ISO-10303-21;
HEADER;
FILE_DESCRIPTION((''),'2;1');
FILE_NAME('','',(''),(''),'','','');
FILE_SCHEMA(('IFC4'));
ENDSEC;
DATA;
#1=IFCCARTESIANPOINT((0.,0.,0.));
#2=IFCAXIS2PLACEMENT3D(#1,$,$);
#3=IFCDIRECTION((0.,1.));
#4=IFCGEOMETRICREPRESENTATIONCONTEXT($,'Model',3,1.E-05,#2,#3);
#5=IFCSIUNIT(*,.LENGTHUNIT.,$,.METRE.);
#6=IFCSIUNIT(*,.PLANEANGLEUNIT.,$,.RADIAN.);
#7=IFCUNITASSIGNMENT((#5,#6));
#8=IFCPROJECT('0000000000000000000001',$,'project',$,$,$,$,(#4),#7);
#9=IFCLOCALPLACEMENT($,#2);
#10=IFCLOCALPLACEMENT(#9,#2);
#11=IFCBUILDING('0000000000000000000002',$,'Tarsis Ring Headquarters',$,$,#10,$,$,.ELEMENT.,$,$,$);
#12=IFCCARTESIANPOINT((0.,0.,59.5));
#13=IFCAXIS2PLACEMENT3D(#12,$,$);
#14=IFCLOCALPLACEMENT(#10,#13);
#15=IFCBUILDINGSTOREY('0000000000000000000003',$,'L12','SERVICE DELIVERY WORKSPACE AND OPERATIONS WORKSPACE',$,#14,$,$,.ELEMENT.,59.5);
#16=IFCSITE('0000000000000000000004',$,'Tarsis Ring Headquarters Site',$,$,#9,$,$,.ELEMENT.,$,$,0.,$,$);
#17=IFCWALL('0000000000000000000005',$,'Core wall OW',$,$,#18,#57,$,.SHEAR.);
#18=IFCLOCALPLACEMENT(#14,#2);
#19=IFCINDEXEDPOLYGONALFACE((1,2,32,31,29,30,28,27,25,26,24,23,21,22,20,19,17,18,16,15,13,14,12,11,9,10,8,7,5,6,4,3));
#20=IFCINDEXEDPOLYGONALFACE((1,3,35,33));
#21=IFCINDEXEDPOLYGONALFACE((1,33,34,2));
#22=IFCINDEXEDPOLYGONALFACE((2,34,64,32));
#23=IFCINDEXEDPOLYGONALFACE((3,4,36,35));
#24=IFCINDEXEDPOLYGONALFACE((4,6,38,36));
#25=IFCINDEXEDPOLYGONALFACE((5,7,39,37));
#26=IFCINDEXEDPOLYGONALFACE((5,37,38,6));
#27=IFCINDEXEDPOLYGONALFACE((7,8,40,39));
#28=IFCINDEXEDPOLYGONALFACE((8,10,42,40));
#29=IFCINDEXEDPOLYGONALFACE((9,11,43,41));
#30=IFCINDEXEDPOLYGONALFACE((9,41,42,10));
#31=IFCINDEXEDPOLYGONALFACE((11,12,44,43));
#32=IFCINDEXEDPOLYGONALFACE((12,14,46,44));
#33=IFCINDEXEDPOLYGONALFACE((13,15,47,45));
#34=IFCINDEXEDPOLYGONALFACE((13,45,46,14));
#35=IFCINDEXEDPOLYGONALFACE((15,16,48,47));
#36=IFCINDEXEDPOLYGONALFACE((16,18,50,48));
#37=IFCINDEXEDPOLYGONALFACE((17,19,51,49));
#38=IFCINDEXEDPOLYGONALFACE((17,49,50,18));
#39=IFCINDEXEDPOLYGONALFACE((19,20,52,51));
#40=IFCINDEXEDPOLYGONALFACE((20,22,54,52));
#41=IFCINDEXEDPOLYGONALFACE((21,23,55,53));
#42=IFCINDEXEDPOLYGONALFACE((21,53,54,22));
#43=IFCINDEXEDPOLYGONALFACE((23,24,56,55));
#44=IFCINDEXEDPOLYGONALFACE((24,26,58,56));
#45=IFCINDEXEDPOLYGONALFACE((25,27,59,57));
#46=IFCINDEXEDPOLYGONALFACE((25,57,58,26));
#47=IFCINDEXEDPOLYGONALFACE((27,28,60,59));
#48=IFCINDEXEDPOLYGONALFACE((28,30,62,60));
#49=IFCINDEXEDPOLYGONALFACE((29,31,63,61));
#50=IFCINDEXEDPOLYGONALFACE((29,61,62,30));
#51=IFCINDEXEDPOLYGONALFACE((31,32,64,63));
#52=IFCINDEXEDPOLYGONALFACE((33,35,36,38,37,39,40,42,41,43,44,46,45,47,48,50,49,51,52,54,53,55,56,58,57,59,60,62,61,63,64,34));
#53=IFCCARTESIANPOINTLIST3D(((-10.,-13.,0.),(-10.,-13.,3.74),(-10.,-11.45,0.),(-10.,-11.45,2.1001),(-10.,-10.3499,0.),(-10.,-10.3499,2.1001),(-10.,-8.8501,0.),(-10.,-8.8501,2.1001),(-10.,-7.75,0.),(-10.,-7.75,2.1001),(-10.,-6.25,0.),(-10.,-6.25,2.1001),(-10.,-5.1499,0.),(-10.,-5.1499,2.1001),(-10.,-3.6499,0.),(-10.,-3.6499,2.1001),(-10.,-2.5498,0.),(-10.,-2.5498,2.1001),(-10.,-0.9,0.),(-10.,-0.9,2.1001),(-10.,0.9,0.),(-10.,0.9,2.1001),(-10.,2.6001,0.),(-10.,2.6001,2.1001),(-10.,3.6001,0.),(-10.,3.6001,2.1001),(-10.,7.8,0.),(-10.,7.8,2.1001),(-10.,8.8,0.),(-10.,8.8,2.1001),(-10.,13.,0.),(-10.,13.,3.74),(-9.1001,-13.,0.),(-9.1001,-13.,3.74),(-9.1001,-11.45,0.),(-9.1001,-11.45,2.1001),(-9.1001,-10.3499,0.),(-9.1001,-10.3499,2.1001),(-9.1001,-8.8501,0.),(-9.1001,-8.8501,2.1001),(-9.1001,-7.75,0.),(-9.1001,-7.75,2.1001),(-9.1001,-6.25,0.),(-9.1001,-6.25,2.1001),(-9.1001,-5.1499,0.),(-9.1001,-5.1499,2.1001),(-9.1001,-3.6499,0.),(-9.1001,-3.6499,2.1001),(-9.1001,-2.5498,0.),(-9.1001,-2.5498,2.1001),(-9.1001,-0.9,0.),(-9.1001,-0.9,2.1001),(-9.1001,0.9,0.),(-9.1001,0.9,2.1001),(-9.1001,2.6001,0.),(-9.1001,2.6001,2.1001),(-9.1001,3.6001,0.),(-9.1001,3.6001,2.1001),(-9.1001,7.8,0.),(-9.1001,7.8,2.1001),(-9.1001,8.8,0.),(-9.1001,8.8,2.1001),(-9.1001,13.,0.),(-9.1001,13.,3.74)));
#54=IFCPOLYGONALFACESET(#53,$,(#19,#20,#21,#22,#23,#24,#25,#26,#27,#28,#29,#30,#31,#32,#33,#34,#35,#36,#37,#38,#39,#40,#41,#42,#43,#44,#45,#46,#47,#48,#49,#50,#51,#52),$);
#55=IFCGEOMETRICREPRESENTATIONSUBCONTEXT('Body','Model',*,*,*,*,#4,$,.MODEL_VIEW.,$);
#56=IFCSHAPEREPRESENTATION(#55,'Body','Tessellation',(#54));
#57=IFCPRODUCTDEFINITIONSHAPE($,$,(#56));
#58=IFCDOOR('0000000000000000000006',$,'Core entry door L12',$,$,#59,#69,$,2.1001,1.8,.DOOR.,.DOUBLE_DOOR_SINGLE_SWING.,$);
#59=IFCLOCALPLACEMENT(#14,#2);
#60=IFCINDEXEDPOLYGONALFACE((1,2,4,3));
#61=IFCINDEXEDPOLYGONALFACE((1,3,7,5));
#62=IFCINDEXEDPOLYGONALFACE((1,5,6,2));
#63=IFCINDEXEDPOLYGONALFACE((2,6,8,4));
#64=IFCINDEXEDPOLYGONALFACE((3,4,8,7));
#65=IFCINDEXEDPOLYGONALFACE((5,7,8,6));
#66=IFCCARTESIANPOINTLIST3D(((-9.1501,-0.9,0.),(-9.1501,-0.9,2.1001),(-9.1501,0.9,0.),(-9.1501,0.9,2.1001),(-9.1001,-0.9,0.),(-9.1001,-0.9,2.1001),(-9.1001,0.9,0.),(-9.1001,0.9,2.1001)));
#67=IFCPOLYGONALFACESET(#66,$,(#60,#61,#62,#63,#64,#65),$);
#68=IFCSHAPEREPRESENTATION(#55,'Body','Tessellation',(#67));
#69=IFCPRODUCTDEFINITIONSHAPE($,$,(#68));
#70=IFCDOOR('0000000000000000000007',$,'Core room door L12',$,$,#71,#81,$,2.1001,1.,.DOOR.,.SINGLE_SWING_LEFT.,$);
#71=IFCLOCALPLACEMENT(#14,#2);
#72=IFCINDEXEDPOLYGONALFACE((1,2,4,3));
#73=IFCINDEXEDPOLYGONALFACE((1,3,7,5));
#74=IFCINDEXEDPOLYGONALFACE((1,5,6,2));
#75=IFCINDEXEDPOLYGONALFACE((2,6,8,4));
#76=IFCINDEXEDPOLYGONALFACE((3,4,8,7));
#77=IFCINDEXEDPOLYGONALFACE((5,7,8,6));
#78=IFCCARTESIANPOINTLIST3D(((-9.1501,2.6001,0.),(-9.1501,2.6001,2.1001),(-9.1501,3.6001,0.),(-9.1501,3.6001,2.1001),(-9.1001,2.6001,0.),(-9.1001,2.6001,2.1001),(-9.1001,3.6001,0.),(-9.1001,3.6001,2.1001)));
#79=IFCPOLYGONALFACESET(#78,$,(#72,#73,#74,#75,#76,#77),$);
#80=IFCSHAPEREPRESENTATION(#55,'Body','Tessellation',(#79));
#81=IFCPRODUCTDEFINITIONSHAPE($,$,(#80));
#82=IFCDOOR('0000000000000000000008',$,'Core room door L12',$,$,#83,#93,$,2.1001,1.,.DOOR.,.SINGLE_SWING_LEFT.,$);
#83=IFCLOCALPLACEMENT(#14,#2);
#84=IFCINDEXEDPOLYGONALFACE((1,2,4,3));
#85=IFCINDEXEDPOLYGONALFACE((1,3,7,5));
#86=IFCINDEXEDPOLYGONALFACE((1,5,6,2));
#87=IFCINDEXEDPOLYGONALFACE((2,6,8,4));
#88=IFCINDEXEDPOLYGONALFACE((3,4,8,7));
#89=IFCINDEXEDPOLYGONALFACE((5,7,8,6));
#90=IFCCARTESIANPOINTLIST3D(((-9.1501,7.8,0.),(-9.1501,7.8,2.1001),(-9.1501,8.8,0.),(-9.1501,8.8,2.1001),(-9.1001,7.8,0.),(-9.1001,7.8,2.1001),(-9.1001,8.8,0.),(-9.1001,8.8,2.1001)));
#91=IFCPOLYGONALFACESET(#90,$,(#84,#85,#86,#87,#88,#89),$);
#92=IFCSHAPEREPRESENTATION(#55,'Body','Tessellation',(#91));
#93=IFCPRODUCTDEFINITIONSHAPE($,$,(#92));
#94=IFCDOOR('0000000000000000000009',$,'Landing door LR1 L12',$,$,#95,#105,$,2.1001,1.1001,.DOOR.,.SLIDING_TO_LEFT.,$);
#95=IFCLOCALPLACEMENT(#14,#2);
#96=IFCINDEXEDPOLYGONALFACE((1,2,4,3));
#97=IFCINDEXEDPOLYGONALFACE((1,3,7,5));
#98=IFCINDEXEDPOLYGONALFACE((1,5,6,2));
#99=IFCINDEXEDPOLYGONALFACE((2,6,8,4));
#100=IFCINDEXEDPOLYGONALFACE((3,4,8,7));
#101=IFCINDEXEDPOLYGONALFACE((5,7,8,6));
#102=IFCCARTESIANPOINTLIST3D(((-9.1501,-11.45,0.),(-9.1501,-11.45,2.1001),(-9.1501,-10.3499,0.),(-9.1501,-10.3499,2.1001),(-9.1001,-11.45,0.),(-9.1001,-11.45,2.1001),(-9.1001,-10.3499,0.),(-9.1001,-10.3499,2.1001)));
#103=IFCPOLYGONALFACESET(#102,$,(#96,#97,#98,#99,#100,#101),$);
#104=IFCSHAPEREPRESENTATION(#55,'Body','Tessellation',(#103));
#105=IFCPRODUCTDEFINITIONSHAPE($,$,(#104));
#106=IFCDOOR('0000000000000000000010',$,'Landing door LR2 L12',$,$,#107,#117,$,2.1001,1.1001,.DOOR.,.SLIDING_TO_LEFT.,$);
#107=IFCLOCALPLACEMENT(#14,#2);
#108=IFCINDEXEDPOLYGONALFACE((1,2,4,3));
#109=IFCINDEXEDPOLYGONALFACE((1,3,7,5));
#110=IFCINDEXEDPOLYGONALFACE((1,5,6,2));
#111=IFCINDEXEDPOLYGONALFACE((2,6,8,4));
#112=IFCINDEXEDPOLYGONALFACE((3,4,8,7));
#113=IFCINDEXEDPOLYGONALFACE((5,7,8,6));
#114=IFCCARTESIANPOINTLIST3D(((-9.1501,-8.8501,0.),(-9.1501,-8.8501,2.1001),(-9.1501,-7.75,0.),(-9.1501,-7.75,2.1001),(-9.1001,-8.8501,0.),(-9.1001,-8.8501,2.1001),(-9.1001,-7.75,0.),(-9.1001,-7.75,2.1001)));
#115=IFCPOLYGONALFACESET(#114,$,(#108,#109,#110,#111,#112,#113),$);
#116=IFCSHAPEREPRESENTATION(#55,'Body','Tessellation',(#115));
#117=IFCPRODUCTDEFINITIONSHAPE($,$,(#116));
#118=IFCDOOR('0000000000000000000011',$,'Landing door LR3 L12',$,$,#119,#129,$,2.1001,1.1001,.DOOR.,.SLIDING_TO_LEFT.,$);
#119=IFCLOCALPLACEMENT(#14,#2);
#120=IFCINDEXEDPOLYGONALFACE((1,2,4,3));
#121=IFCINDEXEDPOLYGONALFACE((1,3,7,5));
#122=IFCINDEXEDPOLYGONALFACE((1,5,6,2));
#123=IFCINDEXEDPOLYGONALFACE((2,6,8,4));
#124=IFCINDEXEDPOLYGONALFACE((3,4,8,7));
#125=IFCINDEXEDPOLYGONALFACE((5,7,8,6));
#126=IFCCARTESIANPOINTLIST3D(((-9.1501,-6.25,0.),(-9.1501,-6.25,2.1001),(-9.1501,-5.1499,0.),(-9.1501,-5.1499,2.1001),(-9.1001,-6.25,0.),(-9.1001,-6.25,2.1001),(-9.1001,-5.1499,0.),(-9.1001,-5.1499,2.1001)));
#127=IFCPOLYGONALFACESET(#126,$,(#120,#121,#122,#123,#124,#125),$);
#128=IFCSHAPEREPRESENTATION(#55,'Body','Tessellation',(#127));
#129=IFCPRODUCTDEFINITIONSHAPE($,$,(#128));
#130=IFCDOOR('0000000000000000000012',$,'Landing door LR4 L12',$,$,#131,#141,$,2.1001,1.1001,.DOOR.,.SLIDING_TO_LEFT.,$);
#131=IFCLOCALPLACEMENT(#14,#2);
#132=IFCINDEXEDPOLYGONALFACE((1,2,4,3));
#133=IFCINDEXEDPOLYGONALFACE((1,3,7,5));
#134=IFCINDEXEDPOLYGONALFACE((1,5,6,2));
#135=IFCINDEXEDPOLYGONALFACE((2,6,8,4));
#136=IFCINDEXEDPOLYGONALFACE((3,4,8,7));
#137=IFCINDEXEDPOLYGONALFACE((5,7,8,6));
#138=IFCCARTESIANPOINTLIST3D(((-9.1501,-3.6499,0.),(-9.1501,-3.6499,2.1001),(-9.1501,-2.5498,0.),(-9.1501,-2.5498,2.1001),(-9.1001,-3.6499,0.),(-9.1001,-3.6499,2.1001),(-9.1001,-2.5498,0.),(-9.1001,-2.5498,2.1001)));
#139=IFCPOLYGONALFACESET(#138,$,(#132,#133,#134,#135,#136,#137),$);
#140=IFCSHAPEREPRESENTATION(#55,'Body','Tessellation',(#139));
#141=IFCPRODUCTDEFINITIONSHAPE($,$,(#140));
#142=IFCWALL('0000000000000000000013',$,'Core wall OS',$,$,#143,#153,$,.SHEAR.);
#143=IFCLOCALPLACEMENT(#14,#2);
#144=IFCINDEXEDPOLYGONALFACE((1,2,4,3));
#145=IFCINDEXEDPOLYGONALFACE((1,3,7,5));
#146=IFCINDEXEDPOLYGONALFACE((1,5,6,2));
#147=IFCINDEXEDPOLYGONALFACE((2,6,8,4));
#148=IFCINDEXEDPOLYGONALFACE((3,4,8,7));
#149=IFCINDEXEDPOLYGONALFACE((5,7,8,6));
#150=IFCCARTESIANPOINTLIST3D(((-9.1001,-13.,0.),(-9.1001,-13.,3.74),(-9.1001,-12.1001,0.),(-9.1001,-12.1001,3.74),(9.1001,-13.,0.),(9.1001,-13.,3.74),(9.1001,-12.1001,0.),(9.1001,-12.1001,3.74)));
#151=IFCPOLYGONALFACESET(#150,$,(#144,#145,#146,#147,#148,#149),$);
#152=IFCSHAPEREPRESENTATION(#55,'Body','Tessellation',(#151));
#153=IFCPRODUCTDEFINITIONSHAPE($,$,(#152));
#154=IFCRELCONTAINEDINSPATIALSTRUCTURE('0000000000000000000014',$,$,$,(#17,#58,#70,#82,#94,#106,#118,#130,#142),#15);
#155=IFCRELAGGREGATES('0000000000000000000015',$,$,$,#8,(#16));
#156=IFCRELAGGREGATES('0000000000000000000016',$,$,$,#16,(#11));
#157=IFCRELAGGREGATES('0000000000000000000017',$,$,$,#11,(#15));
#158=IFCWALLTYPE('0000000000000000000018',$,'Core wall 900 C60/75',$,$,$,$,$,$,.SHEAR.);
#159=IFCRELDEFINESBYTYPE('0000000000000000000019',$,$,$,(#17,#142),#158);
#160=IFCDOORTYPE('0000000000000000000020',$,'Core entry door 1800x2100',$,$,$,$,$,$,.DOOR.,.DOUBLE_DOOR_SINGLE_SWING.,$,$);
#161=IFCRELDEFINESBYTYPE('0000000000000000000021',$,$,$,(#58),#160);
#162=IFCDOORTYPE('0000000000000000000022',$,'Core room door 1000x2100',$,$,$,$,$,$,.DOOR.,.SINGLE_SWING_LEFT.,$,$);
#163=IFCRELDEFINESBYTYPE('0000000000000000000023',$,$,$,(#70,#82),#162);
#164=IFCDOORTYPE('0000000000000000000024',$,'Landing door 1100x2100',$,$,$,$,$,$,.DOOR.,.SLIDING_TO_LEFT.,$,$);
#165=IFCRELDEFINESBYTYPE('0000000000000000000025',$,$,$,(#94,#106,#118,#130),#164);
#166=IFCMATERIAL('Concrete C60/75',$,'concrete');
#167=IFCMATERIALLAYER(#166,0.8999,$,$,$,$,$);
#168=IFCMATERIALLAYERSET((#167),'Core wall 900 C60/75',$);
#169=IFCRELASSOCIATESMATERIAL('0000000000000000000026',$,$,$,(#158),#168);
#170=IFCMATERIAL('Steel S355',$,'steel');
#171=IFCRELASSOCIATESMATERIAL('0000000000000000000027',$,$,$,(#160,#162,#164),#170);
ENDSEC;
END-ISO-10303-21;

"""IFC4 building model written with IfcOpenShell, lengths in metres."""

from ifc_helpers import new_model, si_unit, direction, frame, frame_2d, origin, place, context, subcontext, project, spatial, rectangle, extrude, material, layer, layer_set, type_object, element, fill, save


model = new_model("IFC4")

# Units and contexts
model_context = context("Model", 3, precision=1e-05, world=origin(), true_north=direction((0.0, 1.0)))
body_context = subcontext(model_context, "Body", "Model", "MODEL_VIEW")
ifc_project = project(units=[si_unit("LENGTHUNIT", "METRE"), si_unit("PLANEANGLEUNIT", "RADIAN")], contexts=[model_context])

# Site, building, storey
site_placement = place(None, origin())
site = spatial("IfcSite", under=ifc_project, at=site_placement, Name="Tarsis Ring Headquarters Site", CompositionType="ELEMENT", RefElevation=0.0)
building_placement = place(site_placement, origin())
building = spatial("IfcBuilding", under=site, at=building_placement, Name="Tarsis Ring Headquarters", CompositionType="ELEMENT")
storey_placement = place(building_placement, frame((0.0, 0.0, 59.5)))
storey = spatial("IfcBuildingStorey", under=building, at=storey_placement, Name="L12", Description="SERVICE DELIVERY WORKSPACE AND OPERATIONS WORKSPACE", CompositionType="ELEMENT", Elevation=59.5)

# Wall, openings, doors
ifc_material_1 = material(Name="Concrete C60/75", Category="concrete")
ifc_layer_1 = layer(ifc_material_1, 0.8999)
ifc_layer_set_1 = layer_set([ifc_layer_1], Name="Core wall 900 C60/75")
wall_type_1 = type_object("IfcWallType", Name="Core wall 900 C60/75", PredefinedType="SHEAR", material=ifc_layer_set_1)
wall_1_placement = place(storey_placement, frame((-9.55, -13.0, 0.0), z_axis=(0.0, 0.0, 1.0), x_axis=(0.0, 1.0, 0.0)))
wall_1 = element("IfcWall", 1, at=wall_1_placement, inside=storey, type_object=wall_type_1, Name="Core wall OW", PredefinedType="SHEAR", context=body_context, shape_type="SweptSolid", body=[
    extrude(rectangle(XDim=26.0, YDim=0.8999, at=frame_2d((13.0, 0.0))), origin(), (0.0, 0.0, 1.0), 3.74),
])
opening_1_placement = place(wall_1_placement, frame((1.55, 0.0, 0.0)))
opening_1 = element("IfcOpeningElement", 2, at=opening_1_placement, cuts=wall_1, PredefinedType="OPENING", context=body_context, shape_type="SweptSolid", body=[
    extrude(rectangle(XDim=1.1001, YDim=2.1001, at=frame_2d((0.55, 1.05))), frame((0.0, 0.46, 0.0), z_axis=(0.0, -1.0, 0.0), x_axis=(1.0, 0.0, 0.0)), (0.0, 0.0, 1.0), 0.9199),
])
opening_2_placement = place(wall_1_placement, frame((4.1499, 0.0, 0.0)))
opening_2 = element("IfcOpeningElement", 3, at=opening_2_placement, cuts=wall_1, PredefinedType="OPENING", context=body_context, shape_type="SweptSolid", body=[
    extrude(rectangle(XDim=1.1001, YDim=2.1001, at=frame_2d((0.55, 1.05))), frame((0.0, 0.46, 0.0), z_axis=(0.0, -1.0, 0.0), x_axis=(1.0, 0.0, 0.0)), (0.0, 0.0, 1.0), 0.9199),
])
opening_3_placement = place(wall_1_placement, frame((6.75, 0.0, 0.0)))
opening_3 = element("IfcOpeningElement", 4, at=opening_3_placement, cuts=wall_1, PredefinedType="OPENING", context=body_context, shape_type="SweptSolid", body=[
    extrude(rectangle(XDim=1.1001, YDim=2.1001, at=frame_2d((0.55, 1.05))), frame((0.0, 0.46, 0.0), z_axis=(0.0, -1.0, 0.0), x_axis=(1.0, 0.0, 0.0)), (0.0, 0.0, 1.0), 0.9199),
])
opening_4_placement = place(wall_1_placement, frame((9.3501, 0.0, 0.0)))
opening_4 = element("IfcOpeningElement", 5, at=opening_4_placement, cuts=wall_1, PredefinedType="OPENING", context=body_context, shape_type="SweptSolid", body=[
    extrude(rectangle(XDim=1.1001, YDim=2.1001, at=frame_2d((0.55, 1.05))), frame((0.0, 0.46, 0.0), z_axis=(0.0, -1.0, 0.0), x_axis=(1.0, 0.0, 0.0)), (0.0, 0.0, 1.0), 0.9199),
])
opening_5_placement = place(wall_1_placement, frame((12.1001, 0.0, 0.0)))
opening_5 = element("IfcOpeningElement", 6, at=opening_5_placement, cuts=wall_1, PredefinedType="OPENING", context=body_context, shape_type="SweptSolid", body=[
    extrude(rectangle(XDim=1.8, YDim=2.1001, at=frame_2d((0.8999, 1.05))), frame((0.0, 0.46, 0.0), z_axis=(0.0, -1.0, 0.0), x_axis=(1.0, 0.0, 0.0)), (0.0, 0.0, 1.0), 0.9199),
])
opening_6_placement = place(wall_1_placement, frame((15.6001, 0.0, 0.0)))
opening_6 = element("IfcOpeningElement", 7, at=opening_6_placement, cuts=wall_1, PredefinedType="OPENING", context=body_context, shape_type="SweptSolid", body=[
    extrude(rectangle(XDim=1.0, YDim=2.1001, at=frame_2d((0.5, 1.05))), frame((0.0, 0.46, 0.0), z_axis=(0.0, -1.0, 0.0), x_axis=(1.0, 0.0, 0.0)), (0.0, 0.0, 1.0), 0.9199),
])
opening_7_placement = place(wall_1_placement, frame((20.8, 0.0, 0.0)))
opening_7 = element("IfcOpeningElement", 8, at=opening_7_placement, cuts=wall_1, PredefinedType="OPENING", context=body_context, shape_type="SweptSolid", body=[
    extrude(rectangle(XDim=1.0, YDim=2.1001, at=frame_2d((0.5, 1.05))), frame((0.0, 0.46, 0.0), z_axis=(0.0, -1.0, 0.0), x_axis=(1.0, 0.0, 0.0)), (0.0, 0.0, 1.0), 0.9199),
])
ifc_material_2 = material(Name="Steel S355", Category="steel")
door_type_1 = type_object("IfcDoorType", Name="Core entry door 1800x2100", OperationType="DOUBLE_DOOR_SINGLE_SWING", PredefinedType="DOOR", material=ifc_material_2)
door_1_placement = place(opening_5_placement, origin())
door_1 = element("IfcDoor", 9, at=door_1_placement, inside=storey, type_object=door_type_1, Name="Core entry door L12", OperationType="DOUBLE_DOOR_SINGLE_SWING", OverallHeight=2.1001, OverallWidth=1.8, PredefinedType="DOOR", context=body_context, shape_type="SweptSolid", body=[
    extrude(rectangle(XDim=1.8, YDim=2.1001, at=frame_2d((0.8999, 1.05))), frame((0.0, -0.3999, 0.0), z_axis=(0.0, -1.0, 0.0), x_axis=(1.0, 0.0, 0.0)), (0.0, 0.0, 1.0), 0.05),
])
fill(opening_5, door_1)
door_type_2 = type_object("IfcDoorType", Name="Core room door 1000x2100", OperationType="SINGLE_SWING_LEFT", PredefinedType="DOOR", material=ifc_material_2)
door_2_placement = place(opening_6_placement, origin())
door_2 = element("IfcDoor", 10, at=door_2_placement, inside=storey, type_object=door_type_2, Name="Core room door L12", OperationType="SINGLE_SWING_LEFT", OverallHeight=2.1001, OverallWidth=1.0, PredefinedType="DOOR", context=body_context, shape_type="SweptSolid", body=[
    extrude(rectangle(XDim=1.0, YDim=2.1001, at=frame_2d((0.5, 1.05))), frame((0.0, -0.3999, 0.0), z_axis=(0.0, -1.0, 0.0), x_axis=(1.0, 0.0, 0.0)), (0.0, 0.0, 1.0), 0.05),
])
fill(opening_6, door_2)
door_3_placement = place(opening_7_placement, origin())
door_3 = element("IfcDoor", 11, at=door_3_placement, inside=storey, type_object=door_type_2, Name="Core room door L12", OperationType="SINGLE_SWING_LEFT", OverallHeight=2.1001, OverallWidth=1.0, PredefinedType="DOOR", context=body_context, shape_type="SweptSolid", body=[
    extrude(rectangle(XDim=1.0, YDim=2.1001, at=frame_2d((0.5, 1.05))), frame((0.0, -0.3999, 0.0), z_axis=(0.0, -1.0, 0.0), x_axis=(1.0, 0.0, 0.0)), (0.0, 0.0, 1.0), 0.05),
])
fill(opening_7, door_3)
door_type_3 = type_object("IfcDoorType", Name="Landing door 1100x2100", OperationType="SLIDING_TO_LEFT", PredefinedType="DOOR", material=ifc_material_2)
door_4_placement = place(opening_1_placement, origin())
door_4 = element("IfcDoor", 12, at=door_4_placement, inside=storey, type_object=door_type_3, Name="Landing door LR1 L12", OperationType="SLIDING_TO_LEFT", OverallHeight=2.1001, OverallWidth=1.1001, PredefinedType="DOOR", context=body_context, shape_type="SweptSolid", body=[
    extrude(rectangle(XDim=1.1001, YDim=2.1001, at=frame_2d((0.55, 1.05))), frame((0.0, -0.3999, 0.0), z_axis=(0.0, -1.0, 0.0), x_axis=(1.0, 0.0, 0.0)), (0.0, 0.0, 1.0), 0.05),
])
fill(opening_1, door_4)
door_5_placement = place(opening_2_placement, origin())
door_5 = element("IfcDoor", 13, at=door_5_placement, inside=storey, type_object=door_type_3, Name="Landing door LR2 L12", OperationType="SLIDING_TO_LEFT", OverallHeight=2.1001, OverallWidth=1.1001, PredefinedType="DOOR", context=body_context, shape_type="SweptSolid", body=[
    extrude(rectangle(XDim=1.1001, YDim=2.1001, at=frame_2d((0.55, 1.05))), frame((0.0, -0.3999, 0.0), z_axis=(0.0, -1.0, 0.0), x_axis=(1.0, 0.0, 0.0)), (0.0, 0.0, 1.0), 0.05),
])
fill(opening_2, door_5)
door_6_placement = place(opening_3_placement, origin())
door_6 = element("IfcDoor", 14, at=door_6_placement, inside=storey, type_object=door_type_3, Name="Landing door LR3 L12", OperationType="SLIDING_TO_LEFT", OverallHeight=2.1001, OverallWidth=1.1001, PredefinedType="DOOR", context=body_context, shape_type="SweptSolid", body=[
    extrude(rectangle(XDim=1.1001, YDim=2.1001, at=frame_2d((0.55, 1.05))), frame((0.0, -0.3999, 0.0), z_axis=(0.0, -1.0, 0.0), x_axis=(1.0, 0.0, 0.0)), (0.0, 0.0, 1.0), 0.05),
])
fill(opening_3, door_6)
door_7_placement = place(opening_4_placement, origin())
door_7 = element("IfcDoor", 15, at=door_7_placement, inside=storey, type_object=door_type_3, Name="Landing door LR4 L12", OperationType="SLIDING_TO_LEFT", OverallHeight=2.1001, OverallWidth=1.1001, PredefinedType="DOOR", context=body_context, shape_type="SweptSolid", body=[
    extrude(rectangle(XDim=1.1001, YDim=2.1001, at=frame_2d((0.55, 1.05))), frame((0.0, -0.3999, 0.0), z_axis=(0.0, -1.0, 0.0), x_axis=(1.0, 0.0, 0.0)), (0.0, 0.0, 1.0), 0.05),
])
fill(opening_4, door_7)

# Wall
wall_2_placement = place(storey_placement, frame((-9.1001, -12.55, 0.0), z_axis=(0.0, 0.0, 1.0), x_axis=(1.0, 0.0, 0.0)))
element("IfcWall", 16, at=wall_2_placement, inside=storey, type_object=wall_type_1, Name="Core wall OS", PredefinedType="SHEAR", context=body_context, shape_type="SweptSolid", body=[
    extrude(rectangle(XDim=18.2002, YDim=0.8999, at=frame_2d((9.1001, 0.0))), origin(), (0.0, 0.0, 1.0), 3.74),
])

save(model, "model.ifc")
